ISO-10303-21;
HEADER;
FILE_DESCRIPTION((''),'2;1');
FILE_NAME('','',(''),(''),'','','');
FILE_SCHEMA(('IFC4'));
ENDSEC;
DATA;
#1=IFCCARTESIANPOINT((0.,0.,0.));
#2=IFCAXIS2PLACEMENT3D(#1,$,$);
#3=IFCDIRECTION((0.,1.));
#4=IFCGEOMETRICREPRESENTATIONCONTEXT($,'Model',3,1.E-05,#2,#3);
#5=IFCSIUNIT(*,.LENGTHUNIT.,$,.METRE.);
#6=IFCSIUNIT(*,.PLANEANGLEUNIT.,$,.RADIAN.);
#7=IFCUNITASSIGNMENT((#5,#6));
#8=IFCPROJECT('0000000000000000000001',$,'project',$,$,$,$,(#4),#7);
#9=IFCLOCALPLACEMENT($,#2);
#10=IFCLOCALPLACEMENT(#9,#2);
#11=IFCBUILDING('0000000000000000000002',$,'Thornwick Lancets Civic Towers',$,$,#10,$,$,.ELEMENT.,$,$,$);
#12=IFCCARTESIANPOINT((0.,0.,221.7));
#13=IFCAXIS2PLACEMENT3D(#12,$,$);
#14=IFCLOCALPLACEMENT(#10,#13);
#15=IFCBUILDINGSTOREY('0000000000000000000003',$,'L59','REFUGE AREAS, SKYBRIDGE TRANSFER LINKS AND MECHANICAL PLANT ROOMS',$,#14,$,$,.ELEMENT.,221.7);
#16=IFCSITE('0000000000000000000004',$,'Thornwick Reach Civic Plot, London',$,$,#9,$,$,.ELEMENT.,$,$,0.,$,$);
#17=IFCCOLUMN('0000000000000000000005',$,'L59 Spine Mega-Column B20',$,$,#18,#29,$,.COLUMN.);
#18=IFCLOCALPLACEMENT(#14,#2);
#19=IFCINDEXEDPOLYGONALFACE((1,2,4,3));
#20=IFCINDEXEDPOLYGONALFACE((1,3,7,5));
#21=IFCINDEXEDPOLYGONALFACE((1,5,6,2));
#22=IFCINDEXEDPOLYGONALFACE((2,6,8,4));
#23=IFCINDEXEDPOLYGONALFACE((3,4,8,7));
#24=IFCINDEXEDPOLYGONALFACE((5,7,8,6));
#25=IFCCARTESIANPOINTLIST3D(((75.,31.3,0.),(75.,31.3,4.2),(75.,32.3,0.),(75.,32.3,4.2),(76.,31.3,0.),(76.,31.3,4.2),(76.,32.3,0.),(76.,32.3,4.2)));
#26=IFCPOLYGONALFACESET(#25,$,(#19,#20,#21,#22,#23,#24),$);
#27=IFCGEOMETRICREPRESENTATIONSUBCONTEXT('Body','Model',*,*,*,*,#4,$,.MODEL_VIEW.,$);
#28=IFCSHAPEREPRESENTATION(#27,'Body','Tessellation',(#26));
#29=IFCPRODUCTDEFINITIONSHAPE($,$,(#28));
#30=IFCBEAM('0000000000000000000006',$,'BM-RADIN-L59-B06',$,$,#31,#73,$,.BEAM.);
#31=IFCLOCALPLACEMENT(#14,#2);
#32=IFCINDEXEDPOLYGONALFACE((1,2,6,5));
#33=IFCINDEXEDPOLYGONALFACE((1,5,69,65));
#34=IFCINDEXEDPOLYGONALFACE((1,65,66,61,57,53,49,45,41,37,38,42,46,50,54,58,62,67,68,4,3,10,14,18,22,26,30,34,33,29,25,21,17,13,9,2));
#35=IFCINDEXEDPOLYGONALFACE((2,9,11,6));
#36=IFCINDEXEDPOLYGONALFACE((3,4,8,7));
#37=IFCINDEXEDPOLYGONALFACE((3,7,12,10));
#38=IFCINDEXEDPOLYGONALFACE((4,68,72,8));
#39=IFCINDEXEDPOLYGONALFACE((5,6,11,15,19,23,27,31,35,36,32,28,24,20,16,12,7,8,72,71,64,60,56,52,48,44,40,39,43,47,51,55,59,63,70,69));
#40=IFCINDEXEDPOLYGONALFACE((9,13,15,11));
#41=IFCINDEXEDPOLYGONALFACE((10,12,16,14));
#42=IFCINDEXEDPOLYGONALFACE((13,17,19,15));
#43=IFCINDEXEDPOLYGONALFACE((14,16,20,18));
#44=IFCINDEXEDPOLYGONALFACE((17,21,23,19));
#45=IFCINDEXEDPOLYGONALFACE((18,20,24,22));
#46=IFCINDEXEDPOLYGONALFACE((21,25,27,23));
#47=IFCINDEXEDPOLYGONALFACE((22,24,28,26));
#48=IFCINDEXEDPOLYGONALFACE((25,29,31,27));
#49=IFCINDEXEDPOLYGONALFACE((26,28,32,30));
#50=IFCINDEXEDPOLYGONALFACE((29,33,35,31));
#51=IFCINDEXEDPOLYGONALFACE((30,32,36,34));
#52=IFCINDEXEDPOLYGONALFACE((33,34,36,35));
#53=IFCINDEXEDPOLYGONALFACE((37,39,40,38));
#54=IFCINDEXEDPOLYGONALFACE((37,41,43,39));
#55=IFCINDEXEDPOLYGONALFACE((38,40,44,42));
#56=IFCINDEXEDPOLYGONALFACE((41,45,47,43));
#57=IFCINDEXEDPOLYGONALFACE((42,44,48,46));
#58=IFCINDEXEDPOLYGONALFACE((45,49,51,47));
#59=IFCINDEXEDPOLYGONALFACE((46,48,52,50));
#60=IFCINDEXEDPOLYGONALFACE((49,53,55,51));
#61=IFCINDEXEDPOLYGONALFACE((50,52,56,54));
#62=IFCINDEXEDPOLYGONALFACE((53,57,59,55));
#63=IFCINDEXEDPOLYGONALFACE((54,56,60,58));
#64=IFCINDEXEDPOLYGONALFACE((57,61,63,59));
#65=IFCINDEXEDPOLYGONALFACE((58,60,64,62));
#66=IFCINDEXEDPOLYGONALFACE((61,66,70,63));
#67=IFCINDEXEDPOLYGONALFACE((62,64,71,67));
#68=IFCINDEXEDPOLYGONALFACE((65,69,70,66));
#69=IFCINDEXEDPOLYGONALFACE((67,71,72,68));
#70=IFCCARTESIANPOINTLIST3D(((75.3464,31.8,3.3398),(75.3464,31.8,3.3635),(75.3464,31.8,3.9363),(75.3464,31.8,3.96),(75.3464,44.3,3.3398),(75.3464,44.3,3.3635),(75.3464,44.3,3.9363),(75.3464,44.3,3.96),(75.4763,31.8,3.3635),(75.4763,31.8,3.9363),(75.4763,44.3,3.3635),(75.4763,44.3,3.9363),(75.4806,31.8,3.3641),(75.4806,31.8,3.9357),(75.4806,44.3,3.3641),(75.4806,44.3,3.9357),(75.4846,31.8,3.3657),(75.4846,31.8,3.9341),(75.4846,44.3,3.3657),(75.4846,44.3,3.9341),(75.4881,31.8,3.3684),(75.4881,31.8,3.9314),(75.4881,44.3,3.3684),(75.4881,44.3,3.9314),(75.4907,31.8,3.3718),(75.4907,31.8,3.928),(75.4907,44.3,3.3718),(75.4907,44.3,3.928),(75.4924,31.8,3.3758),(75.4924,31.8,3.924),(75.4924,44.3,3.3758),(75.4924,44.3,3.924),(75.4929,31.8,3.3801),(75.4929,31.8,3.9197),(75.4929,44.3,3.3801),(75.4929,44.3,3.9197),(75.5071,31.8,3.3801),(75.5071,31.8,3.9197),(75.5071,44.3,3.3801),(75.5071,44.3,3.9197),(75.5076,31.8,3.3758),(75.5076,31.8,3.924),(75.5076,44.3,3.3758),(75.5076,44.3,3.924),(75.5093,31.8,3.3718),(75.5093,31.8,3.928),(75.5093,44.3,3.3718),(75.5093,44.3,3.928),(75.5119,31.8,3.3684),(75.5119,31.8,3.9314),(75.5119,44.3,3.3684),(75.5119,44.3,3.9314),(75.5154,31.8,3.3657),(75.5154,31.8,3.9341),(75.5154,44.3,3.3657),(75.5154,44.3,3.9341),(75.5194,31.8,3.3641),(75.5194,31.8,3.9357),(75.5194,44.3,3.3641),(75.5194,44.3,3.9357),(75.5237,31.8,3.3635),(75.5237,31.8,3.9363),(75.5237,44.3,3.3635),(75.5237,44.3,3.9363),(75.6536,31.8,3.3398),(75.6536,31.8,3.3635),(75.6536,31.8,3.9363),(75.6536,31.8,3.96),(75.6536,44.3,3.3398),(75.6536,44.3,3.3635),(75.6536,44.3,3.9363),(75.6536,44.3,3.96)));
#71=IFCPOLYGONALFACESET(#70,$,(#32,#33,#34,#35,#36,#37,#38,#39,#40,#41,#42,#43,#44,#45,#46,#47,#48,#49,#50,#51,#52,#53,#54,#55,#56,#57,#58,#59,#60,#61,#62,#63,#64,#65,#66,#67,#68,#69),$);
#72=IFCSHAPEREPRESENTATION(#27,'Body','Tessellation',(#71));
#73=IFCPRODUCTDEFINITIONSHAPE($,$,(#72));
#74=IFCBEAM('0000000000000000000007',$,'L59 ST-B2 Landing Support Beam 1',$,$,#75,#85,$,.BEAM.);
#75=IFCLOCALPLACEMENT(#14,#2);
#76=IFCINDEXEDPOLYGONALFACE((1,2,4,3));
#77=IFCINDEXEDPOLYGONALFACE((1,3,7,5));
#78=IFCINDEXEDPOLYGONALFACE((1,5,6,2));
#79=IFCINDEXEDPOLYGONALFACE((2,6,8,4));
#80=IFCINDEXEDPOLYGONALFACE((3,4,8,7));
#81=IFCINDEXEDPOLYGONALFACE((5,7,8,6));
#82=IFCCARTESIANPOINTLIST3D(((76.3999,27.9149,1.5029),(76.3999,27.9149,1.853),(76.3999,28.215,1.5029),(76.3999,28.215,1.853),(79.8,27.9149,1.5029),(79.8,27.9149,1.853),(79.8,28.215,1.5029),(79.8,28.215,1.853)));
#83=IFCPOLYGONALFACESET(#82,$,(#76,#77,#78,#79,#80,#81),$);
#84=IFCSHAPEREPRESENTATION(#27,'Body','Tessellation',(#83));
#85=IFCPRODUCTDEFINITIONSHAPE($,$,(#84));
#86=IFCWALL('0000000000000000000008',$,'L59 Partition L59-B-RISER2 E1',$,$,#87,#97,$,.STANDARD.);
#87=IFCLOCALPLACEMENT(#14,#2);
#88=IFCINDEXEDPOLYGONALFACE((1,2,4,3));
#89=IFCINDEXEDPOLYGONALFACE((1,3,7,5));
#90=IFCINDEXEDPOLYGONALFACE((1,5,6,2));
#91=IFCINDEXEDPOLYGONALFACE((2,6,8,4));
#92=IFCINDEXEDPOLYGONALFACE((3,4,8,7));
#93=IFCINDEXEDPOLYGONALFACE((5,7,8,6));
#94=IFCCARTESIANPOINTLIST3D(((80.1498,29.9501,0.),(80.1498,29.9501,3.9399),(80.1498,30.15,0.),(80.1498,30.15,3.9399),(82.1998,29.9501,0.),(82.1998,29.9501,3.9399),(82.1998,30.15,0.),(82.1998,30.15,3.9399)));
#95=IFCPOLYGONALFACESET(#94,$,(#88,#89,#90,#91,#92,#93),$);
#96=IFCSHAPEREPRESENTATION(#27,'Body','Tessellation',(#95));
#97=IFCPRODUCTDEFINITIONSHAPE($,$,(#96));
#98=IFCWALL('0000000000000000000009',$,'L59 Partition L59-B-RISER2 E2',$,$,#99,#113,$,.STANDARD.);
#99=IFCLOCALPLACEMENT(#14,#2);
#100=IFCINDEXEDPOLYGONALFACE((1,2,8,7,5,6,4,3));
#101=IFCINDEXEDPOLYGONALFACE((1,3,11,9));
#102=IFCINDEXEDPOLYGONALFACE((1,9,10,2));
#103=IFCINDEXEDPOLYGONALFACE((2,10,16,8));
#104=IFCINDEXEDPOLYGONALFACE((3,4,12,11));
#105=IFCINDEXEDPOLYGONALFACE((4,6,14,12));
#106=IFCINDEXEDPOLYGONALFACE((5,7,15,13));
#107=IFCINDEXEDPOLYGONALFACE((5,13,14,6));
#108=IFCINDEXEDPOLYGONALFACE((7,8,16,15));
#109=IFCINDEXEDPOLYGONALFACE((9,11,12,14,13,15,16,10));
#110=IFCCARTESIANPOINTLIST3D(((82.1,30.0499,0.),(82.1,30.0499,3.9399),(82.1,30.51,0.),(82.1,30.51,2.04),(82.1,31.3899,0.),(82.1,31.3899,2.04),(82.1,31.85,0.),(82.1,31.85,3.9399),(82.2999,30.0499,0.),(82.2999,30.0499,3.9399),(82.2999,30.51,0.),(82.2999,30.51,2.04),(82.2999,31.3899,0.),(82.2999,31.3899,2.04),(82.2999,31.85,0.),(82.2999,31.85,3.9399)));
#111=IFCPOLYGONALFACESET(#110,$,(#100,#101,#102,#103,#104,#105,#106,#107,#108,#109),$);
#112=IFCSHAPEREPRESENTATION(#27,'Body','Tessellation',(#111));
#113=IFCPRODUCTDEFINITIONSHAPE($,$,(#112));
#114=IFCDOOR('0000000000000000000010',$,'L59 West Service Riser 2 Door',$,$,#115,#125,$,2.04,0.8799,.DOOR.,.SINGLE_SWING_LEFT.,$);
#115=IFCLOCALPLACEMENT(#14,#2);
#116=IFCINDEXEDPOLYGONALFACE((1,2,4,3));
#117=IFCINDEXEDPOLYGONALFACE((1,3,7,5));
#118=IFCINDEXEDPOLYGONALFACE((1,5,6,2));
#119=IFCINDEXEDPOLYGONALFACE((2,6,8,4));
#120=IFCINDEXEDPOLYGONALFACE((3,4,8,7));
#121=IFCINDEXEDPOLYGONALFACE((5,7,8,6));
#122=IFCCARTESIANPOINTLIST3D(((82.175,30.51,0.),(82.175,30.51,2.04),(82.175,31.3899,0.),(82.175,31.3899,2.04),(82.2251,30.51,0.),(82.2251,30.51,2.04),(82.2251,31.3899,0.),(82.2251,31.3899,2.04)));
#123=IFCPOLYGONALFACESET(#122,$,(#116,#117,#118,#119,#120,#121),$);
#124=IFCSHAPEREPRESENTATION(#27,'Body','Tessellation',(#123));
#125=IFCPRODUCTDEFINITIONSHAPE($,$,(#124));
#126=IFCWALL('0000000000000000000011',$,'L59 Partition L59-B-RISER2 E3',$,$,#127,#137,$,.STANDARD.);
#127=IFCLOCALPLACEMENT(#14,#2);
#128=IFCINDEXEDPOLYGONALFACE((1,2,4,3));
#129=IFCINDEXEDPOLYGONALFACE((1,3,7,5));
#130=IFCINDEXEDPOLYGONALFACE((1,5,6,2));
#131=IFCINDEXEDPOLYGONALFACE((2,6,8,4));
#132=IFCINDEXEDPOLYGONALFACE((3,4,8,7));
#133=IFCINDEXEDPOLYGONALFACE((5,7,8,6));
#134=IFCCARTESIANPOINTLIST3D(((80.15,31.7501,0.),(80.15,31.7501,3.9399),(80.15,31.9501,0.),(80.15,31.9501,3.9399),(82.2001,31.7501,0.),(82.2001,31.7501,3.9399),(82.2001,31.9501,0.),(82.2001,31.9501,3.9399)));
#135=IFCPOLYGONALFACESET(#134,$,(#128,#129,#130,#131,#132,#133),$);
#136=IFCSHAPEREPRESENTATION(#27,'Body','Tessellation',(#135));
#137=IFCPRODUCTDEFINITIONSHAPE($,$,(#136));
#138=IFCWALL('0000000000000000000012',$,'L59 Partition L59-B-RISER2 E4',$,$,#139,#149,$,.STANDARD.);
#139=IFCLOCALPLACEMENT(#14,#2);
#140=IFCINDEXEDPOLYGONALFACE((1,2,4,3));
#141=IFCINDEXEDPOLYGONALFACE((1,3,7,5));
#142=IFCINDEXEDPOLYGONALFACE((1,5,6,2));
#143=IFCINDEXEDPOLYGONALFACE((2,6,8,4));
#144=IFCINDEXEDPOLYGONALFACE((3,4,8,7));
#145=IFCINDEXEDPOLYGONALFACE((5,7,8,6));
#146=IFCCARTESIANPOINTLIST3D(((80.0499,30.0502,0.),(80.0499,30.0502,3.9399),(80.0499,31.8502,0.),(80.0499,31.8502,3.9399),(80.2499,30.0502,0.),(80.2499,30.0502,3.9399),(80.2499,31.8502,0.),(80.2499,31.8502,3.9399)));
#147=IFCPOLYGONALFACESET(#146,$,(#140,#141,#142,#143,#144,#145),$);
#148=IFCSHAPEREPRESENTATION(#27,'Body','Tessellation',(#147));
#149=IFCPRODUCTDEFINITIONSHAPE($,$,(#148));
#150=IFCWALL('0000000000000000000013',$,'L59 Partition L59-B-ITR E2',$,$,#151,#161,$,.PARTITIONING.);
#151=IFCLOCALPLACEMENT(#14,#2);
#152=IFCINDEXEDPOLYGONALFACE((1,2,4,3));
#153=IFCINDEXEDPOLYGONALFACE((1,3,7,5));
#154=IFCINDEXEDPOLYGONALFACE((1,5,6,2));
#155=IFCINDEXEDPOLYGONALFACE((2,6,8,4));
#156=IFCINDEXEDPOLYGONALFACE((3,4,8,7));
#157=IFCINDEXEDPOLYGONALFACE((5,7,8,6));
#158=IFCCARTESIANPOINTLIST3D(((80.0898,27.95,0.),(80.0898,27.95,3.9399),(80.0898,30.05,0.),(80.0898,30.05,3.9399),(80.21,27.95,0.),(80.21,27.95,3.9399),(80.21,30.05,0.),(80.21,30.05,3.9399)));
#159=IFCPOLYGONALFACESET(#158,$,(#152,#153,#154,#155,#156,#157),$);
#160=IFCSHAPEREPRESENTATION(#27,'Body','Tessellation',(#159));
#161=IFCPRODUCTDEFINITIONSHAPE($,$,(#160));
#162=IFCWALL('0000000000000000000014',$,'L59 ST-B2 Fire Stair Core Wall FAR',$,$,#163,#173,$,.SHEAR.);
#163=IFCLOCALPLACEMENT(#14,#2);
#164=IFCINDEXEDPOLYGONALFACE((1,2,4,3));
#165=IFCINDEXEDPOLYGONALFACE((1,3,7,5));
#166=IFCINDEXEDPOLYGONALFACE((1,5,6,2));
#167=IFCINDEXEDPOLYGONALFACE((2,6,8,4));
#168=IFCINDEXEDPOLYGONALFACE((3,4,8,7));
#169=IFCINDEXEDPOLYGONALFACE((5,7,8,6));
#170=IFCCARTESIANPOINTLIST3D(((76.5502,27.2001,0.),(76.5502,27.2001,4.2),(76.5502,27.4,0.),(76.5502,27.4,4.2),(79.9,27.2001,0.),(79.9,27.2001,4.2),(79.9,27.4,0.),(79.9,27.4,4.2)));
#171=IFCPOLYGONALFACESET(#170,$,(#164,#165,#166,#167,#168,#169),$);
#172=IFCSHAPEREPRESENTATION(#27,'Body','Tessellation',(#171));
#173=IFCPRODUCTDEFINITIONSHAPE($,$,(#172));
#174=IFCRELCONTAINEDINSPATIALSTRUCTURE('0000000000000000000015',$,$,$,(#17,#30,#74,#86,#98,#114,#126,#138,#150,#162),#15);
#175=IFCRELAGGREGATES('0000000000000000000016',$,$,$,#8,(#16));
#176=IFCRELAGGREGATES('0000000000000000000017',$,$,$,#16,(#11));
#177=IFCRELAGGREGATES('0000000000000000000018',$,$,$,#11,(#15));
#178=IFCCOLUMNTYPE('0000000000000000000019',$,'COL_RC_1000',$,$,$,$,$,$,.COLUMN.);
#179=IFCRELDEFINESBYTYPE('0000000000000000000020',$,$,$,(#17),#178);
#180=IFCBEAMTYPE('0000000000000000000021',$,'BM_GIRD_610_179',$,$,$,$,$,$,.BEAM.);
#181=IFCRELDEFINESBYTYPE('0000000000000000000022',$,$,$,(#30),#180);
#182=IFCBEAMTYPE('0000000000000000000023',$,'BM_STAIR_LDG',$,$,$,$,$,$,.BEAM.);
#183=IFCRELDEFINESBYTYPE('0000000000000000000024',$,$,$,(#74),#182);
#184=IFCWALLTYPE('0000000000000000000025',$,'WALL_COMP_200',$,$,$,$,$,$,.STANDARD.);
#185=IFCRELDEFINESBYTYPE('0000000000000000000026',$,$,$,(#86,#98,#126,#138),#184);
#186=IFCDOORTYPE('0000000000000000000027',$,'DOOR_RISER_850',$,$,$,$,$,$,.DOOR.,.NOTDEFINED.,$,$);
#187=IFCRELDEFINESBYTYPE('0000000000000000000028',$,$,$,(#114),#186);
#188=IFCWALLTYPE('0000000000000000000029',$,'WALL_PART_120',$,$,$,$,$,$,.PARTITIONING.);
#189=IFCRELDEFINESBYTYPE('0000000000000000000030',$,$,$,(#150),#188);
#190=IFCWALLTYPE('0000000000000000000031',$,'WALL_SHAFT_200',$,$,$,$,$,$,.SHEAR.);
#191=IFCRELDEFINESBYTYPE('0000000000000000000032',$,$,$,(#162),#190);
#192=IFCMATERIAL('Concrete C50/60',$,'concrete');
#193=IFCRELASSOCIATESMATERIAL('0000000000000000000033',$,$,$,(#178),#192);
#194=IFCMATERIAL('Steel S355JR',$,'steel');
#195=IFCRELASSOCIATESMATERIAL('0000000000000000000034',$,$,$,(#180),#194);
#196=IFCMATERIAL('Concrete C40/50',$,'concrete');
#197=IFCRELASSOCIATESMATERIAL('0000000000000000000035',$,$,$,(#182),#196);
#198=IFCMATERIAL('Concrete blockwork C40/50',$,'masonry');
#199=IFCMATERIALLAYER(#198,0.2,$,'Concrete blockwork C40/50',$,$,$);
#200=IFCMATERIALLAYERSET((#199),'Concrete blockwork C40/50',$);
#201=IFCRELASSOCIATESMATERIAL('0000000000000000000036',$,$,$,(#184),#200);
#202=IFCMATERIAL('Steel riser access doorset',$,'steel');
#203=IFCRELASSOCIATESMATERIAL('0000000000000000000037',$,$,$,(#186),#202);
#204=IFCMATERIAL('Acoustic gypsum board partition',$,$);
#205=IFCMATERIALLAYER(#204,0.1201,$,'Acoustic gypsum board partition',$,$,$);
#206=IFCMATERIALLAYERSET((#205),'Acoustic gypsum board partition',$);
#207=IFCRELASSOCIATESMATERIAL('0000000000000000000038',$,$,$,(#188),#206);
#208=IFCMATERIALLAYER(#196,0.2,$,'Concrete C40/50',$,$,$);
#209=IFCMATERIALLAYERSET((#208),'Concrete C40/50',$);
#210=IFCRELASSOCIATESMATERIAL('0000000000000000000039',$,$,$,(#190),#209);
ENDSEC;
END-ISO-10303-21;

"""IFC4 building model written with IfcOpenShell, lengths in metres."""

from ifc_helpers import new_model, si_unit, direction, frame, frame_2d, origin, origin_2d, place, context, subcontext, project, spatial, rectangle, i_section, extrude, material, layer, layer_set, material_profile, profile_set, type_object, element, fill, save


model = new_model("IFC4")

# Units and contexts
model_context = context("Model", 3, precision=1e-05, world=origin(), true_north=direction((0.0, 1.0)))
body_context = subcontext(model_context, "Body", "Model", "MODEL_VIEW")
ifc_project = project(units=[si_unit("LENGTHUNIT", "METRE"), si_unit("PLANEANGLEUNIT", "RADIAN")], contexts=[model_context])

# Site, building, storey
site_placement = place(None, origin())
site = spatial("IfcSite", under=ifc_project, at=site_placement, Name="Thornwick Reach Civic Plot, London", CompositionType="ELEMENT", RefElevation=0.0)
building_placement = place(site_placement, origin())
building = spatial("IfcBuilding", under=site, at=building_placement, Name="Thornwick Lancets Civic Towers", CompositionType="ELEMENT")
storey_placement = place(building_placement, frame((0.0, 0.0, 221.7)))
storey = spatial("IfcBuildingStorey", under=building, at=storey_placement, Name="L59", Description="REFUGE AREAS, SKYBRIDGE TRANSFER LINKS AND MECHANICAL PLANT ROOMS", CompositionType="ELEMENT", Elevation=221.7)

# Column
ifc_material_1 = material(Name="Concrete C50/60", Category="concrete")
ifc_material_profile_1 = material_profile(ifc_material_1, rectangle(XDim=1.0, YDim=1.0, at=origin_2d()), Name="RC 1000x1000")
ifc_profile_set_1 = profile_set([ifc_material_profile_1], Name="Concrete C50/60")
column_type = type_object("IfcColumnType", Name="COL_RC_1000", PredefinedType="COLUMN", material=ifc_profile_set_1)
column_placement = place(storey_placement, frame((75.5, 31.8, 0.0), z_axis=(0.0, 0.0, 1.0), x_axis=(1.0, 0.0, 0.0)))
element("IfcColumn", 1, at=column_placement, inside=storey, type_object=column_type, Name="L59 Spine Mega-Column B20", PredefinedType="COLUMN", context=body_context, shape_type="SweptSolid", body=[
    extrude(rectangle(XDim=1.0, YDim=1.0, at=origin_2d()), origin(), (0.0, 0.0, 1.0), 4.2),
])

# Beams
ifc_material_2 = material(Name="Steel S355JR", Category="steel")
ifc_material_profile_2 = material_profile(ifc_material_2, i_section(OverallWidth=0.3071, OverallDepth=0.6201, WebThickness=0.0142, FlangeThickness=0.0237, FilletRadius=0.0166, at=origin_2d()), Name="UKB 610x305x179")
ifc_profile_set_2 = profile_set([ifc_material_profile_2], Name="Steel S355JR")
beam_type_1 = type_object("IfcBeamType", Name="BM_GIRD_610_179", PredefinedType="BEAM", material=ifc_profile_set_2)
beam_1_placement = place(storey_placement, frame((75.5, 31.8, 3.6499), z_axis=(0.0, 1.0, 0.0), x_axis=(-1.0, 0.0, 0.0)))
element("IfcBeam", 2, at=beam_1_placement, inside=storey, type_object=beam_type_1, Name="BM-RADIN-L59-B06", PredefinedType="BEAM", context=body_context, shape_type="SweptSolid", body=[
    extrude(i_section(OverallWidth=0.3071, OverallDepth=0.6201, WebThickness=0.0142, FlangeThickness=0.0237, FilletRadius=0.0166, at=origin_2d()), origin(), (0.0, 0.0, 1.0), 12.5),
])
ifc_material_3 = material(Name="Concrete C40/50", Category="concrete")
ifc_material_profile_3 = material_profile(ifc_material_3, rectangle(XDim=0.3, YDim=0.3501, at=origin_2d()), Name="RC 300x350")
ifc_profile_set_3 = profile_set([ifc_material_profile_3], Name="Concrete C40/50")
beam_type_2 = type_object("IfcBeamType", Name="BM_STAIR_LDG", PredefinedType="BEAM", material=ifc_profile_set_3)
beam_2_placement = place(storey_placement, frame((76.3999, 28.0649, 1.678), z_axis=(1.0, 0.0, 0.0), x_axis=(0.0, 1.0, 0.0)))
element("IfcBeam", 3, at=beam_2_placement, inside=storey, type_object=beam_type_2, Name="L59 ST-B2 Landing Support Beam 1", PredefinedType="BEAM", context=body_context, shape_type="SweptSolid", body=[
    extrude(rectangle(XDim=0.3, YDim=0.3501, at=origin_2d()), origin(), (0.0, 0.0, 1.0), 3.4001),
])

# Wall
ifc_material_4 = material(Name="Concrete blockwork C40/50", Category="masonry")
ifc_layer_1 = layer(ifc_material_4, 0.2, Name="Concrete blockwork C40/50")
ifc_layer_set_1 = layer_set([ifc_layer_1], Name="Concrete blockwork C40/50")
wall_type_1 = type_object("IfcWallType", Name="WALL_COMP_200", PredefinedType="STANDARD", material=ifc_layer_set_1)
wall_1_placement = place(storey_placement, frame((80.1499, 30.05, 0.0), z_axis=(0.0, 0.0, 1.0), x_axis=(1.0, 0.0, 0.0)))
element("IfcWall", 4, at=wall_1_placement, inside=storey, type_object=wall_type_1, Name="L59 Partition L59-B-RISER2 E1", PredefinedType="STANDARD", context=body_context, shape_type="SweptSolid", body=[
    extrude(rectangle(XDim=2.05, YDim=0.2, at=frame_2d((1.0249, 0.0))), origin(), (0.0, 0.0, 1.0), 3.9399),
])

# Wall, opening, door
wall_2_placement = place(storey_placement, frame((82.2, 30.05, 0.0), z_axis=(0.0, 0.0, 1.0), x_axis=(0.0, 1.0, 0.0)))
wall_2 = element("IfcWall", 5, at=wall_2_placement, inside=storey, type_object=wall_type_1, Name="L59 Partition L59-B-RISER2 E2", PredefinedType="STANDARD", context=body_context, shape_type="SweptSolid", body=[
    extrude(rectangle(XDim=1.8, YDim=0.2, at=frame_2d((0.8999, 0.0))), origin(), (0.0, 0.0, 1.0), 3.9399),
])
opening_placement = place(wall_2_placement, frame((0.46, 0.0, 0.0)))
opening = element("IfcOpeningElement", 6, at=opening_placement, cuts=wall_2, PredefinedType="OPENING", context=body_context, shape_type="SweptSolid", body=[
    extrude(rectangle(XDim=0.8799, YDim=2.04, at=frame_2d((0.4399, 1.02))), frame((0.0, 0.1099, 0.0), z_axis=(0.0, -1.0, 0.0), x_axis=(1.0, 0.0, 0.0)), (0.0, 0.0, 1.0), 0.22),
])
ifc_material_5 = material(Name="Steel riser access doorset", Category="steel")
door_type = type_object("IfcDoorType", Name="DOOR_RISER_850", OperationType="NOTDEFINED", PredefinedType="DOOR", material=ifc_material_5)
door_placement = place(opening_placement, origin())
door = element("IfcDoor", 7, at=door_placement, inside=storey, type_object=door_type, Name="L59 West Service Riser 2 Door", OperationType="SINGLE_SWING_LEFT", OverallHeight=2.04, OverallWidth=0.8799, PredefinedType="DOOR", context=body_context, shape_type="SweptSolid", body=[
    extrude(rectangle(XDim=0.8799, YDim=2.04, at=frame_2d((0.4399, 1.02))), frame((0.0, 0.0249, 0.0), z_axis=(0.0, -1.0, 0.0), x_axis=(1.0, 0.0, 0.0)), (0.0, 0.0, 1.0), 0.05),
])
fill(opening, door)

# Walls
wall_3_placement = place(storey_placement, frame((82.2, 31.8501, 0.0), z_axis=(0.0, 0.0, 1.0), x_axis=(-1.0, 0.0, 0.0)))
element("IfcWall", 8, at=wall_3_placement, inside=storey, type_object=wall_type_1, Name="L59 Partition L59-B-RISER2 E3", PredefinedType="STANDARD", context=body_context, shape_type="SweptSolid", body=[
    extrude(rectangle(XDim=2.05, YDim=0.2, at=frame_2d((1.0249, 0.0))), origin(), (0.0, 0.0, 1.0), 3.9399),
])
wall_4_placement = place(storey_placement, frame((80.1499, 31.8501, 0.0), z_axis=(0.0, 0.0, 1.0), x_axis=(0.0, -1.0, 0.0)))
element("IfcWall", 9, at=wall_4_placement, inside=storey, type_object=wall_type_1, Name="L59 Partition L59-B-RISER2 E4", PredefinedType="STANDARD", context=body_context, shape_type="SweptSolid", body=[
    extrude(rectangle(XDim=1.8, YDim=0.2, at=frame_2d((0.8999, 0.0))), origin(), (0.0, 0.0, 1.0), 3.9399),
])
ifc_material_6 = material(Name="Acoustic gypsum board partition")
ifc_layer_2 = layer(ifc_material_6, 0.1201, Name="Acoustic gypsum board partition")
ifc_layer_set_2 = layer_set([ifc_layer_2], Name="Acoustic gypsum board partition")
wall_type_2 = type_object("IfcWallType", Name="WALL_PART_120", PredefinedType="PARTITIONING", material=ifc_layer_set_2)
wall_5_placement = place(storey_placement, frame((80.1499, 27.95, 0.0), z_axis=(0.0, 0.0, 1.0), x_axis=(0.0, 1.0, 0.0)))
element("IfcWall", 10, at=wall_5_placement, inside=storey, type_object=wall_type_2, Name="L59 Partition L59-B-ITR E2", PredefinedType="PARTITIONING", context=body_context, shape_type="SweptSolid", body=[
    extrude(rectangle(XDim=2.1001, YDim=0.1201, at=frame_2d((1.05, 0.0))), origin(), (0.0, 0.0, 1.0), 3.9399),
])
ifc_layer_3 = layer(ifc_material_3, 0.2, Name="Concrete C40/50")
ifc_layer_set_3 = layer_set([ifc_layer_3], Name="Concrete C40/50")
wall_type_3 = type_object("IfcWallType", Name="WALL_SHAFT_200", PredefinedType="SHEAR", material=ifc_layer_set_3)
wall_6_placement = place(storey_placement, frame((79.8999, 27.3, 0.0), z_axis=(0.0, 0.0, 1.0), x_axis=(-1.0, 0.0, 0.0)))
element("IfcWall", 11, at=wall_6_placement, inside=storey, type_object=wall_type_3, Name="L59 ST-B2 Fire Stair Core Wall FAR", PredefinedType="SHEAR", context=body_context, shape_type="SweptSolid", body=[
    extrude(rectangle(XDim=3.3499, YDim=0.2, at=frame_2d((1.6748, 0.0))), origin(), (0.0, 0.0, 1.0), 4.2),
])

save(model, "model.ifc")
